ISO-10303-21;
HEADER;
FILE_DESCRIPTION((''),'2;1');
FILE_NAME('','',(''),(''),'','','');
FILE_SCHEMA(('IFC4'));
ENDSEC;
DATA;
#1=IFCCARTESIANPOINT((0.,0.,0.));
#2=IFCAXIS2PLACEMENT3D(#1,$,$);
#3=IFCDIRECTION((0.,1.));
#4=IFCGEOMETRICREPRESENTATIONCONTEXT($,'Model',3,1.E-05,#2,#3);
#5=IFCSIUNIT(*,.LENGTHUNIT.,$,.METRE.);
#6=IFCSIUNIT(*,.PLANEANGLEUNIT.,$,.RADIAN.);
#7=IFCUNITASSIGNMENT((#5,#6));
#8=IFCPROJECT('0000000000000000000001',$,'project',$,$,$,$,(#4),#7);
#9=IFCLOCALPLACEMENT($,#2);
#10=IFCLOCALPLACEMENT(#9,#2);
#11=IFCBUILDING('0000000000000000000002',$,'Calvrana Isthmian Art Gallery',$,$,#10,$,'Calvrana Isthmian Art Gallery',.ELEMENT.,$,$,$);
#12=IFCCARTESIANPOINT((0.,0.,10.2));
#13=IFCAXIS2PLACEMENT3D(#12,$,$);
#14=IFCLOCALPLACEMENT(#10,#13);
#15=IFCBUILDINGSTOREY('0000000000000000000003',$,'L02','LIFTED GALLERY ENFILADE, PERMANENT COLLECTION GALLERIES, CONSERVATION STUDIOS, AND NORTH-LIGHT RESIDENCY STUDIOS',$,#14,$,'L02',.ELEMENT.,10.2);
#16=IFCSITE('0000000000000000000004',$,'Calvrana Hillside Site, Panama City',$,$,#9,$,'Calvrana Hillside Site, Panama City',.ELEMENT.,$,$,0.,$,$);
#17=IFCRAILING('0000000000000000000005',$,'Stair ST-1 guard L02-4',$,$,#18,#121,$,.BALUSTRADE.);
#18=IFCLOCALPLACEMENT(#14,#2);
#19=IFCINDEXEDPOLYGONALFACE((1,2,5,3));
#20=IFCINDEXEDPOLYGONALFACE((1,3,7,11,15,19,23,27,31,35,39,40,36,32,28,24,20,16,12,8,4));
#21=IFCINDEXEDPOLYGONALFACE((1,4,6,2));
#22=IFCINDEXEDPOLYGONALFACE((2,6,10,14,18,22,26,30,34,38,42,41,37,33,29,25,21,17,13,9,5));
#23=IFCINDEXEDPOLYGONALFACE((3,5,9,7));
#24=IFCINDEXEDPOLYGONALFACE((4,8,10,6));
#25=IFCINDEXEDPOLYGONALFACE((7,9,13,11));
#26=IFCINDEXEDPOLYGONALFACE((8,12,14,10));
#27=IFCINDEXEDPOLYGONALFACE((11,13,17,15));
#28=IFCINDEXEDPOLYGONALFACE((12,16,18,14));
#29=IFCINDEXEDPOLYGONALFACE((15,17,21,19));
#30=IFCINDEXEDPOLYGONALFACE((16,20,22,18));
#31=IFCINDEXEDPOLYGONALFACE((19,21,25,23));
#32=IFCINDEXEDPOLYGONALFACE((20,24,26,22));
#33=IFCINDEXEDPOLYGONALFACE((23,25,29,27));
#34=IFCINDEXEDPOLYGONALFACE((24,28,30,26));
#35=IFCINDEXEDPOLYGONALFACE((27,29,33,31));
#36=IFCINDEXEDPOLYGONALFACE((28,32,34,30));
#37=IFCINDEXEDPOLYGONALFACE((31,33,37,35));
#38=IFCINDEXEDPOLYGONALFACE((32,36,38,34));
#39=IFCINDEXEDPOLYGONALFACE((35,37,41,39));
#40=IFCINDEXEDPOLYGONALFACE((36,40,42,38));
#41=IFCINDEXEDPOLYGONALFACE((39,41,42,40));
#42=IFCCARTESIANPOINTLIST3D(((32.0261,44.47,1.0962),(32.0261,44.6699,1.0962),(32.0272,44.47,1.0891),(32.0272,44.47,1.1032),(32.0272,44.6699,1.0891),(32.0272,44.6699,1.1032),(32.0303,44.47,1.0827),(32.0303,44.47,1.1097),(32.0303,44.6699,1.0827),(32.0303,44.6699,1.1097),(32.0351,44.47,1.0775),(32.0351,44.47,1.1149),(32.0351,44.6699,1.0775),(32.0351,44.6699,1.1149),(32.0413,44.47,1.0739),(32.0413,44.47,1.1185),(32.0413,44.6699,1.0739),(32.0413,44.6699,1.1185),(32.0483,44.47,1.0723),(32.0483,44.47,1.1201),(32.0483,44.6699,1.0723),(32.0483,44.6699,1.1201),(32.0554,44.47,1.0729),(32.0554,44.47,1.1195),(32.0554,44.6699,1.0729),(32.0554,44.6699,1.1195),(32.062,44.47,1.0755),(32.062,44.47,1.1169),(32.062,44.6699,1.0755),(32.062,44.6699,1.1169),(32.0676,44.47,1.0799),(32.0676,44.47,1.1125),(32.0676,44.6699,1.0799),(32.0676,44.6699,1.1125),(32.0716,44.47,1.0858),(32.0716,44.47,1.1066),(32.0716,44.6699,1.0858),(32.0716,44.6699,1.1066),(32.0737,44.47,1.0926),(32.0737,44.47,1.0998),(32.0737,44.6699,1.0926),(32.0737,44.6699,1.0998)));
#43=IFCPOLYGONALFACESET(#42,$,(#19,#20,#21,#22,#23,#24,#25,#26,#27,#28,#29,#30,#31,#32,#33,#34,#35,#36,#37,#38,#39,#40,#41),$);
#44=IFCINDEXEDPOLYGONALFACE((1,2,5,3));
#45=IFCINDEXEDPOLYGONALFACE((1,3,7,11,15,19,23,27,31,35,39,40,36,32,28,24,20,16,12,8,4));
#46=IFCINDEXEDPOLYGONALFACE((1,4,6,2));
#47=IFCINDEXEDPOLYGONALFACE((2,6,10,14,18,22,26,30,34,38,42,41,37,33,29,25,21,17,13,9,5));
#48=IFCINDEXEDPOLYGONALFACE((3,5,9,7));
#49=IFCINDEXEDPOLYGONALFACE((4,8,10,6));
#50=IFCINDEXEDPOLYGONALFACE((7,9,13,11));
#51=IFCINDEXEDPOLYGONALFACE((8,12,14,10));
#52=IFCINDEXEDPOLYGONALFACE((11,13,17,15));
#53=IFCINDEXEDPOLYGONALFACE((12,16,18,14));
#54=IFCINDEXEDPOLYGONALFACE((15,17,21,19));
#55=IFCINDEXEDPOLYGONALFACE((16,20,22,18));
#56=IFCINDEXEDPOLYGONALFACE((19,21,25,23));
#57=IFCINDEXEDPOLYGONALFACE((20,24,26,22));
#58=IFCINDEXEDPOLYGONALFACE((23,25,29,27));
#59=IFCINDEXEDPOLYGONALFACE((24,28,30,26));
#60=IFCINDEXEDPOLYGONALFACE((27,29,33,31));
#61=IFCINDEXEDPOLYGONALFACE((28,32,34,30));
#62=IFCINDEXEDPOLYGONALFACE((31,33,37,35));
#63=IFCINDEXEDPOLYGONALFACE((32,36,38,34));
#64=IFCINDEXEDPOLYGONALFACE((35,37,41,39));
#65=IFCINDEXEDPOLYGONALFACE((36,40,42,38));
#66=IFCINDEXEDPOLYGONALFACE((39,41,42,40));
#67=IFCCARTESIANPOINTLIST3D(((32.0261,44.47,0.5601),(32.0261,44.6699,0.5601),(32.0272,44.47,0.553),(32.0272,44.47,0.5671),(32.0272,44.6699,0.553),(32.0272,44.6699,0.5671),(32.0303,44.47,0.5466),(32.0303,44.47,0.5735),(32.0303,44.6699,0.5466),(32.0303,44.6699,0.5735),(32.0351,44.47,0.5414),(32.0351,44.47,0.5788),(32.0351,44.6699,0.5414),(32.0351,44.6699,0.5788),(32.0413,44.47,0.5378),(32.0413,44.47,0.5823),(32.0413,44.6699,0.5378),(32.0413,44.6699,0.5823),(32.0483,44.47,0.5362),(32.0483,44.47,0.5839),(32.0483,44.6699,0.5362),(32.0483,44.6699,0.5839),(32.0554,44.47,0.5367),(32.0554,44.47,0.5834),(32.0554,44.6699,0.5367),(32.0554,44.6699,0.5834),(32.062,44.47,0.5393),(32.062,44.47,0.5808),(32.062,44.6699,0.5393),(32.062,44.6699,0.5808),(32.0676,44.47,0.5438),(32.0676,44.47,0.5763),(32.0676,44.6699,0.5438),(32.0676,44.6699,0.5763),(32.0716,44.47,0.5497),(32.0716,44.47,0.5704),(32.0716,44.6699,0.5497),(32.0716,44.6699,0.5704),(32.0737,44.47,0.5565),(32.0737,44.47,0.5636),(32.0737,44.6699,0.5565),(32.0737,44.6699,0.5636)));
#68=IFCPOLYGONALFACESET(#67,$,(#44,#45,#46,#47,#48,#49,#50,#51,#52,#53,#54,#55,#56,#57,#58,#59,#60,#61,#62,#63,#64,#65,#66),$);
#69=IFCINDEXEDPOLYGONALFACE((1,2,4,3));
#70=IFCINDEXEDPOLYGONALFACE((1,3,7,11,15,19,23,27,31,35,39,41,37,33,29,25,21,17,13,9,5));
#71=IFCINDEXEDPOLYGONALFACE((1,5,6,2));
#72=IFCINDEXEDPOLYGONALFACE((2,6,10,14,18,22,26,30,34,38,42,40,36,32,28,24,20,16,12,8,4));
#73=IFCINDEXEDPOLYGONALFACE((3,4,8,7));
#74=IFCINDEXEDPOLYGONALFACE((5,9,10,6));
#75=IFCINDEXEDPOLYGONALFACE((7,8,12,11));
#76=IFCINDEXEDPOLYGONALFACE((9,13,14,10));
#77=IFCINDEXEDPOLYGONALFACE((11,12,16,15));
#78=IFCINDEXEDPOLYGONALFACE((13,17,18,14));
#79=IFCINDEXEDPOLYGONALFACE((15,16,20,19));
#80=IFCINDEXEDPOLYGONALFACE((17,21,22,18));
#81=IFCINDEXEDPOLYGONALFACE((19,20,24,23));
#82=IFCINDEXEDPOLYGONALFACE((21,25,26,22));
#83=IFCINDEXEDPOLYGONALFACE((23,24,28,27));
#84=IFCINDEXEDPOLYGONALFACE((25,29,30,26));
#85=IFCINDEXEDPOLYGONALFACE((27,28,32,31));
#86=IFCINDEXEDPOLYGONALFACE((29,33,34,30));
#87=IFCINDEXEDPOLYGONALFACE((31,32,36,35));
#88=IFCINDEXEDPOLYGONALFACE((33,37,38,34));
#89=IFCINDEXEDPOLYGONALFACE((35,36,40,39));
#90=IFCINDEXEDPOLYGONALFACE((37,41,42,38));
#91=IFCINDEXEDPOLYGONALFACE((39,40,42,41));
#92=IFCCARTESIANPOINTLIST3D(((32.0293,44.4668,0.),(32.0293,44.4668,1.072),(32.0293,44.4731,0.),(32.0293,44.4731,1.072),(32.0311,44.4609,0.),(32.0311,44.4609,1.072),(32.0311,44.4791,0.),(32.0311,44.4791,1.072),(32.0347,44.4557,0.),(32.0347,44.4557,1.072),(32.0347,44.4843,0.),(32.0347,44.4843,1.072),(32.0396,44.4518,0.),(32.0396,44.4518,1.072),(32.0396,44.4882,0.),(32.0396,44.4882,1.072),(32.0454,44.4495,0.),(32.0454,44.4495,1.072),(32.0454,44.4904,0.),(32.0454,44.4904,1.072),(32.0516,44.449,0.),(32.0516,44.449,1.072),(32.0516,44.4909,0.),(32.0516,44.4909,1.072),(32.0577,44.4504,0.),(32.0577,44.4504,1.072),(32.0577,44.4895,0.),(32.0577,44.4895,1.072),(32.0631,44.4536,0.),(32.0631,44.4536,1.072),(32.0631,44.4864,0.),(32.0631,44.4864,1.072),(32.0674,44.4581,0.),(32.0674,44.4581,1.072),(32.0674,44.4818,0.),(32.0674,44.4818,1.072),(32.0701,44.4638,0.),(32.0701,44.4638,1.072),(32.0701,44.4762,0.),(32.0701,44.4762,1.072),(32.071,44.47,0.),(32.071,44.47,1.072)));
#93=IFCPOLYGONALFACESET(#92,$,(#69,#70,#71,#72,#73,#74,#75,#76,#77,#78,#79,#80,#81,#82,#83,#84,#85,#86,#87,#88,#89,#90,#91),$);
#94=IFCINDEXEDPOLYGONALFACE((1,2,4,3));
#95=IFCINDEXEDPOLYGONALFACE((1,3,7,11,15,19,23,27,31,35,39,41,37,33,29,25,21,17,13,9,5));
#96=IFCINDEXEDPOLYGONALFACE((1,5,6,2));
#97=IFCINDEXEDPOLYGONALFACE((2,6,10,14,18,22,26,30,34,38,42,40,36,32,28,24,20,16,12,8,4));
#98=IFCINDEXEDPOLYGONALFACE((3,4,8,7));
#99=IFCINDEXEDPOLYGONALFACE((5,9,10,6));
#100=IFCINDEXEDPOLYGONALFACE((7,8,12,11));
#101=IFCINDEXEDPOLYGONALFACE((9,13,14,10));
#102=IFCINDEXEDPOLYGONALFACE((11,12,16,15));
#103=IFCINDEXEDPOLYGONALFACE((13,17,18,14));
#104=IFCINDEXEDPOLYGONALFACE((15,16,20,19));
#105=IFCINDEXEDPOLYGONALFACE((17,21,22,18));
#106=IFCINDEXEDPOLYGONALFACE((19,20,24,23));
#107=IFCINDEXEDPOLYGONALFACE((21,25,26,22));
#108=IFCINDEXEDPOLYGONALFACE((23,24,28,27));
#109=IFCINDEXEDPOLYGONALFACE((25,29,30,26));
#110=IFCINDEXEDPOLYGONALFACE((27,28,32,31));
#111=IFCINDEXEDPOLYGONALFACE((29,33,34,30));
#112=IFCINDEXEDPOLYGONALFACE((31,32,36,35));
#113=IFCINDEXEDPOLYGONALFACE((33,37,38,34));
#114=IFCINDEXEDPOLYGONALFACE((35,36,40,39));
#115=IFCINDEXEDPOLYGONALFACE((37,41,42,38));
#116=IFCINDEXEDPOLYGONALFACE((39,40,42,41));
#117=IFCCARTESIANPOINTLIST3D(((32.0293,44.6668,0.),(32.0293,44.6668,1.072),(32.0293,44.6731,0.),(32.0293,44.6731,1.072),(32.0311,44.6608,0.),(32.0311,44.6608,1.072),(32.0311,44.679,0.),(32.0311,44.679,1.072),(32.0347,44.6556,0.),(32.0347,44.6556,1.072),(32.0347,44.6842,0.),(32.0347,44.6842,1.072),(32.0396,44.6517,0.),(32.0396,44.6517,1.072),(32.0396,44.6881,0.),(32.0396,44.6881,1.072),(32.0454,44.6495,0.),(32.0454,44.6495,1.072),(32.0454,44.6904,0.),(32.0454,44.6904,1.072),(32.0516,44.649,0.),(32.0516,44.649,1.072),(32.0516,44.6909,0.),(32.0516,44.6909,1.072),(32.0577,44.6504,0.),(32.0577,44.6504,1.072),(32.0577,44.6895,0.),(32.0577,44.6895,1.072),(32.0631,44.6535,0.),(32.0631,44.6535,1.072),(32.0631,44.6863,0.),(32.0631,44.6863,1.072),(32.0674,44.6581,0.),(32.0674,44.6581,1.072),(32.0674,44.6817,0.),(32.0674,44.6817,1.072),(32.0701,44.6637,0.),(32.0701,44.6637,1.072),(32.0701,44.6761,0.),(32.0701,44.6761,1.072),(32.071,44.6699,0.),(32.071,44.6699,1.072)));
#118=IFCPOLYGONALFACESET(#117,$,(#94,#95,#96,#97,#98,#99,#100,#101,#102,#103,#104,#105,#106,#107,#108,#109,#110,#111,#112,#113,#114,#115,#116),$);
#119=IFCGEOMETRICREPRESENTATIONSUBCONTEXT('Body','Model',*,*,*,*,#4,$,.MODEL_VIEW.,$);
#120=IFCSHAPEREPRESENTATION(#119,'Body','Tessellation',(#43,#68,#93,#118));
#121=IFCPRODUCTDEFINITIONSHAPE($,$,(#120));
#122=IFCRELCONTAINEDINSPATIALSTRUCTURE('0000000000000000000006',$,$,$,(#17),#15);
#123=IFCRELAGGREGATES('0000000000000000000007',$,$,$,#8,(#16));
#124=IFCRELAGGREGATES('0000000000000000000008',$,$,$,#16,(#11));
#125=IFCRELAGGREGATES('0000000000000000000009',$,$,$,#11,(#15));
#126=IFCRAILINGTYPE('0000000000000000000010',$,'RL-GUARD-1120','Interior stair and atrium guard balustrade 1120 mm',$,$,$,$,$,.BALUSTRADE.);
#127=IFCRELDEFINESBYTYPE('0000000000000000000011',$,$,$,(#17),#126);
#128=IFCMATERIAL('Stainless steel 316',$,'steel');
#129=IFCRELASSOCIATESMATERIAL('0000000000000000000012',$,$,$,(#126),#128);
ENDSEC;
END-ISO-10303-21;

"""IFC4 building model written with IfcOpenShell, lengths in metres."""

from ifc_helpers import new_model, si_unit, direction, frame, origin, origin_2d, place, context, subcontext, project, spatial, circle, extrude, material, type_object, element, save


model = new_model("IFC4")

# Units and contexts
model_context = context("Model", 3, precision=1e-05, world=origin(), true_north=direction((0.0, 1.0)))
body_context = subcontext(model_context, "Body", "Model", "MODEL_VIEW")
ifc_project = project(units=[si_unit("LENGTHUNIT", "METRE"), si_unit("PLANEANGLEUNIT", "RADIAN")], contexts=[model_context])

# Site, building, storey
site_placement = place(None, origin())
site = spatial("IfcSite", under=ifc_project, at=site_placement, Name="Calvrana Hillside Site, Panama City", LongName="Calvrana Hillside Site, Panama City", CompositionType="ELEMENT", RefElevation=0.0)
building_placement = place(site_placement, origin())
building = spatial("IfcBuilding", under=site, at=building_placement, Name="Calvrana Isthmian Art Gallery", LongName="Calvrana Isthmian Art Gallery", CompositionType="ELEMENT")
storey_placement = place(building_placement, frame((0.0, 0.0, 10.2)))
storey = spatial("IfcBuildingStorey", under=building, at=storey_placement, Name="L02", Description="LIFTED GALLERY ENFILADE, PERMANENT COLLECTION GALLERIES, CONSERVATION STUDIOS, AND NORTH-LIGHT RESIDENCY STUDIOS", LongName="L02", CompositionType="ELEMENT", Elevation=10.2)

# Railing
ifc_material_1 = material(Name="Stainless steel 316", Category="steel")
railing_type_1 = type_object("IfcRailingType", Name="RL-GUARD-1120", Description="Interior stair and atrium guard balustrade 1120 mm", PredefinedType="BALUSTRADE", material=ifc_material_1)
railing_1_placement = place(storey_placement, frame((32.05, 44.47, 0.0)))
element("IfcRailing", 1, at=railing_1_placement, inside=storey, type_object=railing_type_1, Name="Stair ST-1 guard L02-4", PredefinedType="BALUSTRADE", context=body_context, shape_type="SweptSolid", body=[
    extrude(circle(Radius=0.0239, at=origin_2d()), frame((0.0, 0.0, 1.0962), z_axis=(0.0, 1.0, 0.0), x_axis=(-1.0, 0.0, 0.0)), (0.0, 0.0, 1.0), 0.2),
    extrude(circle(Radius=0.0239, at=origin_2d()), frame((0.0, 0.0, 0.5601), z_axis=(0.0, 1.0, 0.0), x_axis=(-1.0, 0.0, 0.0)), (0.0, 0.0, 1.0), 0.2),
    extrude(circle(Radius=0.021, at=origin_2d()), origin(), (0.0, 0.0, 1.0), 1.072),
    extrude(circle(Radius=0.021, at=origin_2d()), frame((0.0, 0.2, 0.0)), (0.0, 0.0, 1.0), 1.072),
])

save(model, "model.ifc")
